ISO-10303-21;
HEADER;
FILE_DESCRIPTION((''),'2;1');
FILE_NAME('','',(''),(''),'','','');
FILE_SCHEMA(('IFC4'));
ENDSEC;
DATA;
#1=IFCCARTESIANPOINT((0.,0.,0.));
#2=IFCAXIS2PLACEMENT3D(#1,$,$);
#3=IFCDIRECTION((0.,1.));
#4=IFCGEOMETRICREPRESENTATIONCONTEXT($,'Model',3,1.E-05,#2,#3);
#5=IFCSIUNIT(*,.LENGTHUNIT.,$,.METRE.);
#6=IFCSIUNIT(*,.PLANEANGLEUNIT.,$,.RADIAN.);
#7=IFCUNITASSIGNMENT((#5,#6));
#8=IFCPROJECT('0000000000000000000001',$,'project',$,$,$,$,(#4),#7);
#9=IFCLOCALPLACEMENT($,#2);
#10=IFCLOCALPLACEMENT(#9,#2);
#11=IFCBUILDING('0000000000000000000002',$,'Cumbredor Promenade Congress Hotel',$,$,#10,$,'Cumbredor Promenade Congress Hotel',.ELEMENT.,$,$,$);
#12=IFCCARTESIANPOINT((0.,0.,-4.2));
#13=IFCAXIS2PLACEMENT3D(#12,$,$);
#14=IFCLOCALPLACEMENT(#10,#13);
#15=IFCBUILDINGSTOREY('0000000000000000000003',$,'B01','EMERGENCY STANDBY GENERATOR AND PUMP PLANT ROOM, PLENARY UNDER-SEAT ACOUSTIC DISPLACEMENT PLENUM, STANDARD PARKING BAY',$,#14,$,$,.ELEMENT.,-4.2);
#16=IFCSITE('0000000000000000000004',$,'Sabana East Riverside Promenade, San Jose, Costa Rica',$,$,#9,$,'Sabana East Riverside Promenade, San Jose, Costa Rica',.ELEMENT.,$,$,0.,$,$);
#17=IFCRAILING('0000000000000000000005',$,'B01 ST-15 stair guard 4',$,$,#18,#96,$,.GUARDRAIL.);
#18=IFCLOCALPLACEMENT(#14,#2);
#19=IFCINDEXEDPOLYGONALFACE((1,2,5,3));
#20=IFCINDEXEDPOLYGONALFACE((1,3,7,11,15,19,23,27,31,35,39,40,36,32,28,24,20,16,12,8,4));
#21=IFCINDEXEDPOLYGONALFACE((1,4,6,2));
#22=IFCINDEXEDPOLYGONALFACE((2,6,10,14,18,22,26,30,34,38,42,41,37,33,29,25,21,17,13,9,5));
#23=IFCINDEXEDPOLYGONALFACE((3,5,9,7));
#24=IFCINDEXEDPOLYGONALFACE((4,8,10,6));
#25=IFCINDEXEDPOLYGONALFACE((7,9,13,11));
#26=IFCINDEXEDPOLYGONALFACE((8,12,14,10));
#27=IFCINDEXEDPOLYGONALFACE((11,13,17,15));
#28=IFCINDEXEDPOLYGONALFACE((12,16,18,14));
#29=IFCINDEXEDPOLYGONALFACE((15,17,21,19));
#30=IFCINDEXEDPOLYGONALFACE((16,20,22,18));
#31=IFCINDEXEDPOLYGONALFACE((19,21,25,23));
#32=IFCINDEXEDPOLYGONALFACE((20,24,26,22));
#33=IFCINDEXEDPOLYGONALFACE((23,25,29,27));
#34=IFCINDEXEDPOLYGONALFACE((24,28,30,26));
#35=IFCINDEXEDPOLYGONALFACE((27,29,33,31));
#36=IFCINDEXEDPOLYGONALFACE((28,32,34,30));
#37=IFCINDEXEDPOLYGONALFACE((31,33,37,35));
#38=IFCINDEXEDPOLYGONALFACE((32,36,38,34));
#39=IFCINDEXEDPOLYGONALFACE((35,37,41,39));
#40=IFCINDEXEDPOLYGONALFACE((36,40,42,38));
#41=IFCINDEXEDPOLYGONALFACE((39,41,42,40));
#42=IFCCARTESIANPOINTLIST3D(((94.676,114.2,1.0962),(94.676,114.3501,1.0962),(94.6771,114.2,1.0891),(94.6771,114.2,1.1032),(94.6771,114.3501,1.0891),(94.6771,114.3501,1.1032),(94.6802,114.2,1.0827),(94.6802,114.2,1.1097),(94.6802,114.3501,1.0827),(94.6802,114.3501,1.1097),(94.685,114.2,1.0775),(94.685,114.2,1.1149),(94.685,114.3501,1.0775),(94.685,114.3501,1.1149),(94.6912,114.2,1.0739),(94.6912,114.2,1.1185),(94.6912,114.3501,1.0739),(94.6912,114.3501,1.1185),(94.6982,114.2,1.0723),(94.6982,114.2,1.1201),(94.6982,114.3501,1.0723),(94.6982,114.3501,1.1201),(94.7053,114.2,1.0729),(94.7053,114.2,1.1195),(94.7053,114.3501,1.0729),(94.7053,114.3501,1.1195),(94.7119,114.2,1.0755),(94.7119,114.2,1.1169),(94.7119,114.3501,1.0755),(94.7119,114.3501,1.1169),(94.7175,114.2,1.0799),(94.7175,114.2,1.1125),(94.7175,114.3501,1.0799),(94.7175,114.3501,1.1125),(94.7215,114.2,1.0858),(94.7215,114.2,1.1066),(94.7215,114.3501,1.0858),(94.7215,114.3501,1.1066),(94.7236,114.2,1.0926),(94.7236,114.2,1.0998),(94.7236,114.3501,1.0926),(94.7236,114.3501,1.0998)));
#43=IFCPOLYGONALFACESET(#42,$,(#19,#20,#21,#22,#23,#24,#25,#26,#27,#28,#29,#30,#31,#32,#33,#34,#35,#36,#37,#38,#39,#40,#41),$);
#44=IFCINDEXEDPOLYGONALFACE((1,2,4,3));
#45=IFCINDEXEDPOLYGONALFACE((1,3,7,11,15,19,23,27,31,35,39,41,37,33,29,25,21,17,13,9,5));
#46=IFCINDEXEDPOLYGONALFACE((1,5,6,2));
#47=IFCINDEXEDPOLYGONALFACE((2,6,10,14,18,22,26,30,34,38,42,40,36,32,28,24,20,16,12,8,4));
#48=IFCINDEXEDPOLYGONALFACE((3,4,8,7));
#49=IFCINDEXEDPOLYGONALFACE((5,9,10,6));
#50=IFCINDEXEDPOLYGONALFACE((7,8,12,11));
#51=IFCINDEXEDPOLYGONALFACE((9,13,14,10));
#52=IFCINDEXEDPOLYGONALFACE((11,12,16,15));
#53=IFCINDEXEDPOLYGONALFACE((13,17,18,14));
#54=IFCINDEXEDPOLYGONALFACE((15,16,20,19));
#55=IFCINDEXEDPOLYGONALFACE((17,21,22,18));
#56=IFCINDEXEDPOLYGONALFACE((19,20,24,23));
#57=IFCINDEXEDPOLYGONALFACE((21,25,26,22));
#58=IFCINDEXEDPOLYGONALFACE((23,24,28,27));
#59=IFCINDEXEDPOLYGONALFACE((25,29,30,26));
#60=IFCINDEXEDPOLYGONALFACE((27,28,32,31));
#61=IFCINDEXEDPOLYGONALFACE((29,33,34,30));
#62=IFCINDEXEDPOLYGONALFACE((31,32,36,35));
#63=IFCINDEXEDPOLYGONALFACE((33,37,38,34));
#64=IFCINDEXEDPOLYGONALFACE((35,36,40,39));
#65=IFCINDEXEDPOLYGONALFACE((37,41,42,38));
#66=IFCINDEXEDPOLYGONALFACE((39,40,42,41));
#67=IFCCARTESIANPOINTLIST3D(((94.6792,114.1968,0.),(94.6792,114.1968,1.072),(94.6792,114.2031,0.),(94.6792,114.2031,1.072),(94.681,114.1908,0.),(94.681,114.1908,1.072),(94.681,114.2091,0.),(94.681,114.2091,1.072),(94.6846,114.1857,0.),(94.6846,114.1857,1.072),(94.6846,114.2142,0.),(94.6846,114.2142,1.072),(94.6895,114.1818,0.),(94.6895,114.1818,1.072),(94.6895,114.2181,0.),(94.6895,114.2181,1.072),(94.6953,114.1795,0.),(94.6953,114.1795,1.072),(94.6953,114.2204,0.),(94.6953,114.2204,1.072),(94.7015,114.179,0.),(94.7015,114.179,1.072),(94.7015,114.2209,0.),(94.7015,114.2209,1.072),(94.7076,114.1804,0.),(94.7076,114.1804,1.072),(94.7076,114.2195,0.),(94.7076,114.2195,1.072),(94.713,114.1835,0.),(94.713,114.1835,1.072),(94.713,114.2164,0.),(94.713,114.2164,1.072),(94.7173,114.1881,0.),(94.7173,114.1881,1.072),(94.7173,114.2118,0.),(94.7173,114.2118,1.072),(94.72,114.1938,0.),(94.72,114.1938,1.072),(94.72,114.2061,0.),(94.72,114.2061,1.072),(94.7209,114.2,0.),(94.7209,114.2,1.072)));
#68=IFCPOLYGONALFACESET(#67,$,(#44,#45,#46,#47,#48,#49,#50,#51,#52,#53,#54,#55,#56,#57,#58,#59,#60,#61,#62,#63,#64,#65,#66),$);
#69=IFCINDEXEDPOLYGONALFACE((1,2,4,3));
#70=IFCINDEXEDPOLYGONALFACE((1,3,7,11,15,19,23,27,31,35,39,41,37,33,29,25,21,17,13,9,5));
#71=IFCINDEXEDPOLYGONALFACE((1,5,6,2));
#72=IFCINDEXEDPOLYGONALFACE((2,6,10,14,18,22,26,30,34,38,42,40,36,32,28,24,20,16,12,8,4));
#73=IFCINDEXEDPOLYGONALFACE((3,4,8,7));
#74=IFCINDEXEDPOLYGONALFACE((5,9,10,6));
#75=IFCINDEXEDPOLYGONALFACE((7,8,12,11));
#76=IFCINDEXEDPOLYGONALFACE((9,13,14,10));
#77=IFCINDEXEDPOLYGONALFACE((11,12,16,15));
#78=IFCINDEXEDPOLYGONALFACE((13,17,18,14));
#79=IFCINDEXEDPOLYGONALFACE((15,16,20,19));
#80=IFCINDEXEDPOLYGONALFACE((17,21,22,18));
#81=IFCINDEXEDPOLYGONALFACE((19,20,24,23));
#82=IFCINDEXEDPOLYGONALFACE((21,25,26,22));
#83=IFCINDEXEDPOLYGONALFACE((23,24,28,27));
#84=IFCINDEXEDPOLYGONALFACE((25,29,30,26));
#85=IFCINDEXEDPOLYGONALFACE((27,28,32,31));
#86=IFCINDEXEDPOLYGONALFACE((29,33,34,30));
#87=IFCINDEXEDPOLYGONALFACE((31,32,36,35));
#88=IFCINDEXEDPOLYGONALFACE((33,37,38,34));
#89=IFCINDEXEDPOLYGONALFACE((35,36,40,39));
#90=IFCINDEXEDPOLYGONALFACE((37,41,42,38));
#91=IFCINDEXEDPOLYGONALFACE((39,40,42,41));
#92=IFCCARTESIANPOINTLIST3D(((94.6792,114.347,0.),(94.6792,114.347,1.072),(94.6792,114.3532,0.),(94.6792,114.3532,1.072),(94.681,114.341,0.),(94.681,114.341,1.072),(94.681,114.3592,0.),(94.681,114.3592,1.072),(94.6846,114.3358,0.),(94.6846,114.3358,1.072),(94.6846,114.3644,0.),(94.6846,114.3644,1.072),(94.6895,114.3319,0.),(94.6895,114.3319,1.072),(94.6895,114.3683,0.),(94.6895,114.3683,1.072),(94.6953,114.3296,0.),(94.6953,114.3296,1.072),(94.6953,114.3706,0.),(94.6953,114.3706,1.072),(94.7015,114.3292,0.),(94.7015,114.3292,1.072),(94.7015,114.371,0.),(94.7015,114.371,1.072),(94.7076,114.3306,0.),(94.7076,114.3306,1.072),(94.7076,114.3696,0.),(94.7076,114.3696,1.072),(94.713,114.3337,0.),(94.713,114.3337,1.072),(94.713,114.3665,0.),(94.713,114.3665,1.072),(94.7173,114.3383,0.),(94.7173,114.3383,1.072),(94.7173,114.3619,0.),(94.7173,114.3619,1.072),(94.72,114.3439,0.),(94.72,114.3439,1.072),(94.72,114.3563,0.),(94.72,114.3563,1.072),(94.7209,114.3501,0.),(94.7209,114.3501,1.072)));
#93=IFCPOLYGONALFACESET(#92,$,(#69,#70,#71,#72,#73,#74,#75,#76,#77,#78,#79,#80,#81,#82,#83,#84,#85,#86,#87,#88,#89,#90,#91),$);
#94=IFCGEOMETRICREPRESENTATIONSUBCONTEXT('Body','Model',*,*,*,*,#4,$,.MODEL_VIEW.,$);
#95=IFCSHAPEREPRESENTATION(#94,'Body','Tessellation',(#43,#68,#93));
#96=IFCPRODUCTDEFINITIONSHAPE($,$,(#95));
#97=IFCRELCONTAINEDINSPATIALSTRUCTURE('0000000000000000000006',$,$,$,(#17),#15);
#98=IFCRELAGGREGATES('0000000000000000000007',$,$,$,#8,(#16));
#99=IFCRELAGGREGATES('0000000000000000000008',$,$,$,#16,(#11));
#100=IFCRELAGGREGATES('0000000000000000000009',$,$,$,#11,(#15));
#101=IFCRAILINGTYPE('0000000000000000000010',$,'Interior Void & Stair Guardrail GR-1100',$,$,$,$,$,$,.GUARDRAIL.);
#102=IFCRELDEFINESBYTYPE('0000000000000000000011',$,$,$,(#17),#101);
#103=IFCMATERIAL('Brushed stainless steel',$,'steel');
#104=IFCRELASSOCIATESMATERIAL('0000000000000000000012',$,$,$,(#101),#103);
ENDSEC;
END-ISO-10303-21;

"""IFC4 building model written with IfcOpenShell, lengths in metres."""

from ifc_helpers import new_model, si_unit, direction, frame, origin, origin_2d, place, context, subcontext, project, spatial, circle, extrude, material, type_object, element, save


model = new_model("IFC4")

# Units and contexts
model_context = context("Model", 3, precision=1e-05, world=origin(), true_north=direction((0.0, 1.0)))
body_context = subcontext(model_context, "Body", "Model", "MODEL_VIEW")
ifc_project = project(units=[si_unit("LENGTHUNIT", "METRE"), si_unit("PLANEANGLEUNIT", "RADIAN")], contexts=[model_context])

# Site, building, storey
site_placement = place(None, origin())
site = spatial("IfcSite", under=ifc_project, at=site_placement, Name="Sabana East Riverside Promenade, San Jose, Costa Rica", LongName="Sabana East Riverside Promenade, San Jose, Costa Rica", CompositionType="ELEMENT", RefElevation=0.0)
building_placement = place(site_placement, origin())
building = spatial("IfcBuilding", under=site, at=building_placement, Name="Cumbredor Promenade Congress Hotel", LongName="Cumbredor Promenade Congress Hotel", CompositionType="ELEMENT")
storey_placement = place(building_placement, frame((0.0, 0.0, -4.2)))
storey = spatial("IfcBuildingStorey", under=building, at=storey_placement, Name="B01", Description="EMERGENCY STANDBY GENERATOR AND PUMP PLANT ROOM, PLENARY UNDER-SEAT ACOUSTIC DISPLACEMENT PLENUM, STANDARD PARKING BAY", CompositionType="ELEMENT", Elevation=-4.2)

# Railing
ifc_material_1 = material(Name="Brushed stainless steel", Category="steel")
railing_type_1 = type_object("IfcRailingType", Name="Interior Void & Stair Guardrail GR-1100", PredefinedType="GUARDRAIL", material=ifc_material_1)
railing_1_placement = place(storey_placement, frame((94.7, 114.2, 0.0)))
element("IfcRailing", 1, at=railing_1_placement, inside=storey, type_object=railing_type_1, Name="B01 ST-15 stair guard 4", PredefinedType="GUARDRAIL", context=body_context, shape_type="SweptSolid", body=[
    extrude(circle(Radius=0.0239, at=origin_2d()), frame((0.0, 0.0, 1.0962), z_axis=(0.0, 1.0, 0.0), x_axis=(-1.0, 0.0, 0.0)), (0.0, 0.0, 1.0), 0.1501),
    extrude(circle(Radius=0.021, at=origin_2d()), origin(), (0.0, 0.0, 1.0), 1.072),
    extrude(circle(Radius=0.021, at=origin_2d()), frame((0.0, 0.1501, 0.0)), (0.0, 0.0, 1.0), 1.072),
])

save(model, "model.ifc")
